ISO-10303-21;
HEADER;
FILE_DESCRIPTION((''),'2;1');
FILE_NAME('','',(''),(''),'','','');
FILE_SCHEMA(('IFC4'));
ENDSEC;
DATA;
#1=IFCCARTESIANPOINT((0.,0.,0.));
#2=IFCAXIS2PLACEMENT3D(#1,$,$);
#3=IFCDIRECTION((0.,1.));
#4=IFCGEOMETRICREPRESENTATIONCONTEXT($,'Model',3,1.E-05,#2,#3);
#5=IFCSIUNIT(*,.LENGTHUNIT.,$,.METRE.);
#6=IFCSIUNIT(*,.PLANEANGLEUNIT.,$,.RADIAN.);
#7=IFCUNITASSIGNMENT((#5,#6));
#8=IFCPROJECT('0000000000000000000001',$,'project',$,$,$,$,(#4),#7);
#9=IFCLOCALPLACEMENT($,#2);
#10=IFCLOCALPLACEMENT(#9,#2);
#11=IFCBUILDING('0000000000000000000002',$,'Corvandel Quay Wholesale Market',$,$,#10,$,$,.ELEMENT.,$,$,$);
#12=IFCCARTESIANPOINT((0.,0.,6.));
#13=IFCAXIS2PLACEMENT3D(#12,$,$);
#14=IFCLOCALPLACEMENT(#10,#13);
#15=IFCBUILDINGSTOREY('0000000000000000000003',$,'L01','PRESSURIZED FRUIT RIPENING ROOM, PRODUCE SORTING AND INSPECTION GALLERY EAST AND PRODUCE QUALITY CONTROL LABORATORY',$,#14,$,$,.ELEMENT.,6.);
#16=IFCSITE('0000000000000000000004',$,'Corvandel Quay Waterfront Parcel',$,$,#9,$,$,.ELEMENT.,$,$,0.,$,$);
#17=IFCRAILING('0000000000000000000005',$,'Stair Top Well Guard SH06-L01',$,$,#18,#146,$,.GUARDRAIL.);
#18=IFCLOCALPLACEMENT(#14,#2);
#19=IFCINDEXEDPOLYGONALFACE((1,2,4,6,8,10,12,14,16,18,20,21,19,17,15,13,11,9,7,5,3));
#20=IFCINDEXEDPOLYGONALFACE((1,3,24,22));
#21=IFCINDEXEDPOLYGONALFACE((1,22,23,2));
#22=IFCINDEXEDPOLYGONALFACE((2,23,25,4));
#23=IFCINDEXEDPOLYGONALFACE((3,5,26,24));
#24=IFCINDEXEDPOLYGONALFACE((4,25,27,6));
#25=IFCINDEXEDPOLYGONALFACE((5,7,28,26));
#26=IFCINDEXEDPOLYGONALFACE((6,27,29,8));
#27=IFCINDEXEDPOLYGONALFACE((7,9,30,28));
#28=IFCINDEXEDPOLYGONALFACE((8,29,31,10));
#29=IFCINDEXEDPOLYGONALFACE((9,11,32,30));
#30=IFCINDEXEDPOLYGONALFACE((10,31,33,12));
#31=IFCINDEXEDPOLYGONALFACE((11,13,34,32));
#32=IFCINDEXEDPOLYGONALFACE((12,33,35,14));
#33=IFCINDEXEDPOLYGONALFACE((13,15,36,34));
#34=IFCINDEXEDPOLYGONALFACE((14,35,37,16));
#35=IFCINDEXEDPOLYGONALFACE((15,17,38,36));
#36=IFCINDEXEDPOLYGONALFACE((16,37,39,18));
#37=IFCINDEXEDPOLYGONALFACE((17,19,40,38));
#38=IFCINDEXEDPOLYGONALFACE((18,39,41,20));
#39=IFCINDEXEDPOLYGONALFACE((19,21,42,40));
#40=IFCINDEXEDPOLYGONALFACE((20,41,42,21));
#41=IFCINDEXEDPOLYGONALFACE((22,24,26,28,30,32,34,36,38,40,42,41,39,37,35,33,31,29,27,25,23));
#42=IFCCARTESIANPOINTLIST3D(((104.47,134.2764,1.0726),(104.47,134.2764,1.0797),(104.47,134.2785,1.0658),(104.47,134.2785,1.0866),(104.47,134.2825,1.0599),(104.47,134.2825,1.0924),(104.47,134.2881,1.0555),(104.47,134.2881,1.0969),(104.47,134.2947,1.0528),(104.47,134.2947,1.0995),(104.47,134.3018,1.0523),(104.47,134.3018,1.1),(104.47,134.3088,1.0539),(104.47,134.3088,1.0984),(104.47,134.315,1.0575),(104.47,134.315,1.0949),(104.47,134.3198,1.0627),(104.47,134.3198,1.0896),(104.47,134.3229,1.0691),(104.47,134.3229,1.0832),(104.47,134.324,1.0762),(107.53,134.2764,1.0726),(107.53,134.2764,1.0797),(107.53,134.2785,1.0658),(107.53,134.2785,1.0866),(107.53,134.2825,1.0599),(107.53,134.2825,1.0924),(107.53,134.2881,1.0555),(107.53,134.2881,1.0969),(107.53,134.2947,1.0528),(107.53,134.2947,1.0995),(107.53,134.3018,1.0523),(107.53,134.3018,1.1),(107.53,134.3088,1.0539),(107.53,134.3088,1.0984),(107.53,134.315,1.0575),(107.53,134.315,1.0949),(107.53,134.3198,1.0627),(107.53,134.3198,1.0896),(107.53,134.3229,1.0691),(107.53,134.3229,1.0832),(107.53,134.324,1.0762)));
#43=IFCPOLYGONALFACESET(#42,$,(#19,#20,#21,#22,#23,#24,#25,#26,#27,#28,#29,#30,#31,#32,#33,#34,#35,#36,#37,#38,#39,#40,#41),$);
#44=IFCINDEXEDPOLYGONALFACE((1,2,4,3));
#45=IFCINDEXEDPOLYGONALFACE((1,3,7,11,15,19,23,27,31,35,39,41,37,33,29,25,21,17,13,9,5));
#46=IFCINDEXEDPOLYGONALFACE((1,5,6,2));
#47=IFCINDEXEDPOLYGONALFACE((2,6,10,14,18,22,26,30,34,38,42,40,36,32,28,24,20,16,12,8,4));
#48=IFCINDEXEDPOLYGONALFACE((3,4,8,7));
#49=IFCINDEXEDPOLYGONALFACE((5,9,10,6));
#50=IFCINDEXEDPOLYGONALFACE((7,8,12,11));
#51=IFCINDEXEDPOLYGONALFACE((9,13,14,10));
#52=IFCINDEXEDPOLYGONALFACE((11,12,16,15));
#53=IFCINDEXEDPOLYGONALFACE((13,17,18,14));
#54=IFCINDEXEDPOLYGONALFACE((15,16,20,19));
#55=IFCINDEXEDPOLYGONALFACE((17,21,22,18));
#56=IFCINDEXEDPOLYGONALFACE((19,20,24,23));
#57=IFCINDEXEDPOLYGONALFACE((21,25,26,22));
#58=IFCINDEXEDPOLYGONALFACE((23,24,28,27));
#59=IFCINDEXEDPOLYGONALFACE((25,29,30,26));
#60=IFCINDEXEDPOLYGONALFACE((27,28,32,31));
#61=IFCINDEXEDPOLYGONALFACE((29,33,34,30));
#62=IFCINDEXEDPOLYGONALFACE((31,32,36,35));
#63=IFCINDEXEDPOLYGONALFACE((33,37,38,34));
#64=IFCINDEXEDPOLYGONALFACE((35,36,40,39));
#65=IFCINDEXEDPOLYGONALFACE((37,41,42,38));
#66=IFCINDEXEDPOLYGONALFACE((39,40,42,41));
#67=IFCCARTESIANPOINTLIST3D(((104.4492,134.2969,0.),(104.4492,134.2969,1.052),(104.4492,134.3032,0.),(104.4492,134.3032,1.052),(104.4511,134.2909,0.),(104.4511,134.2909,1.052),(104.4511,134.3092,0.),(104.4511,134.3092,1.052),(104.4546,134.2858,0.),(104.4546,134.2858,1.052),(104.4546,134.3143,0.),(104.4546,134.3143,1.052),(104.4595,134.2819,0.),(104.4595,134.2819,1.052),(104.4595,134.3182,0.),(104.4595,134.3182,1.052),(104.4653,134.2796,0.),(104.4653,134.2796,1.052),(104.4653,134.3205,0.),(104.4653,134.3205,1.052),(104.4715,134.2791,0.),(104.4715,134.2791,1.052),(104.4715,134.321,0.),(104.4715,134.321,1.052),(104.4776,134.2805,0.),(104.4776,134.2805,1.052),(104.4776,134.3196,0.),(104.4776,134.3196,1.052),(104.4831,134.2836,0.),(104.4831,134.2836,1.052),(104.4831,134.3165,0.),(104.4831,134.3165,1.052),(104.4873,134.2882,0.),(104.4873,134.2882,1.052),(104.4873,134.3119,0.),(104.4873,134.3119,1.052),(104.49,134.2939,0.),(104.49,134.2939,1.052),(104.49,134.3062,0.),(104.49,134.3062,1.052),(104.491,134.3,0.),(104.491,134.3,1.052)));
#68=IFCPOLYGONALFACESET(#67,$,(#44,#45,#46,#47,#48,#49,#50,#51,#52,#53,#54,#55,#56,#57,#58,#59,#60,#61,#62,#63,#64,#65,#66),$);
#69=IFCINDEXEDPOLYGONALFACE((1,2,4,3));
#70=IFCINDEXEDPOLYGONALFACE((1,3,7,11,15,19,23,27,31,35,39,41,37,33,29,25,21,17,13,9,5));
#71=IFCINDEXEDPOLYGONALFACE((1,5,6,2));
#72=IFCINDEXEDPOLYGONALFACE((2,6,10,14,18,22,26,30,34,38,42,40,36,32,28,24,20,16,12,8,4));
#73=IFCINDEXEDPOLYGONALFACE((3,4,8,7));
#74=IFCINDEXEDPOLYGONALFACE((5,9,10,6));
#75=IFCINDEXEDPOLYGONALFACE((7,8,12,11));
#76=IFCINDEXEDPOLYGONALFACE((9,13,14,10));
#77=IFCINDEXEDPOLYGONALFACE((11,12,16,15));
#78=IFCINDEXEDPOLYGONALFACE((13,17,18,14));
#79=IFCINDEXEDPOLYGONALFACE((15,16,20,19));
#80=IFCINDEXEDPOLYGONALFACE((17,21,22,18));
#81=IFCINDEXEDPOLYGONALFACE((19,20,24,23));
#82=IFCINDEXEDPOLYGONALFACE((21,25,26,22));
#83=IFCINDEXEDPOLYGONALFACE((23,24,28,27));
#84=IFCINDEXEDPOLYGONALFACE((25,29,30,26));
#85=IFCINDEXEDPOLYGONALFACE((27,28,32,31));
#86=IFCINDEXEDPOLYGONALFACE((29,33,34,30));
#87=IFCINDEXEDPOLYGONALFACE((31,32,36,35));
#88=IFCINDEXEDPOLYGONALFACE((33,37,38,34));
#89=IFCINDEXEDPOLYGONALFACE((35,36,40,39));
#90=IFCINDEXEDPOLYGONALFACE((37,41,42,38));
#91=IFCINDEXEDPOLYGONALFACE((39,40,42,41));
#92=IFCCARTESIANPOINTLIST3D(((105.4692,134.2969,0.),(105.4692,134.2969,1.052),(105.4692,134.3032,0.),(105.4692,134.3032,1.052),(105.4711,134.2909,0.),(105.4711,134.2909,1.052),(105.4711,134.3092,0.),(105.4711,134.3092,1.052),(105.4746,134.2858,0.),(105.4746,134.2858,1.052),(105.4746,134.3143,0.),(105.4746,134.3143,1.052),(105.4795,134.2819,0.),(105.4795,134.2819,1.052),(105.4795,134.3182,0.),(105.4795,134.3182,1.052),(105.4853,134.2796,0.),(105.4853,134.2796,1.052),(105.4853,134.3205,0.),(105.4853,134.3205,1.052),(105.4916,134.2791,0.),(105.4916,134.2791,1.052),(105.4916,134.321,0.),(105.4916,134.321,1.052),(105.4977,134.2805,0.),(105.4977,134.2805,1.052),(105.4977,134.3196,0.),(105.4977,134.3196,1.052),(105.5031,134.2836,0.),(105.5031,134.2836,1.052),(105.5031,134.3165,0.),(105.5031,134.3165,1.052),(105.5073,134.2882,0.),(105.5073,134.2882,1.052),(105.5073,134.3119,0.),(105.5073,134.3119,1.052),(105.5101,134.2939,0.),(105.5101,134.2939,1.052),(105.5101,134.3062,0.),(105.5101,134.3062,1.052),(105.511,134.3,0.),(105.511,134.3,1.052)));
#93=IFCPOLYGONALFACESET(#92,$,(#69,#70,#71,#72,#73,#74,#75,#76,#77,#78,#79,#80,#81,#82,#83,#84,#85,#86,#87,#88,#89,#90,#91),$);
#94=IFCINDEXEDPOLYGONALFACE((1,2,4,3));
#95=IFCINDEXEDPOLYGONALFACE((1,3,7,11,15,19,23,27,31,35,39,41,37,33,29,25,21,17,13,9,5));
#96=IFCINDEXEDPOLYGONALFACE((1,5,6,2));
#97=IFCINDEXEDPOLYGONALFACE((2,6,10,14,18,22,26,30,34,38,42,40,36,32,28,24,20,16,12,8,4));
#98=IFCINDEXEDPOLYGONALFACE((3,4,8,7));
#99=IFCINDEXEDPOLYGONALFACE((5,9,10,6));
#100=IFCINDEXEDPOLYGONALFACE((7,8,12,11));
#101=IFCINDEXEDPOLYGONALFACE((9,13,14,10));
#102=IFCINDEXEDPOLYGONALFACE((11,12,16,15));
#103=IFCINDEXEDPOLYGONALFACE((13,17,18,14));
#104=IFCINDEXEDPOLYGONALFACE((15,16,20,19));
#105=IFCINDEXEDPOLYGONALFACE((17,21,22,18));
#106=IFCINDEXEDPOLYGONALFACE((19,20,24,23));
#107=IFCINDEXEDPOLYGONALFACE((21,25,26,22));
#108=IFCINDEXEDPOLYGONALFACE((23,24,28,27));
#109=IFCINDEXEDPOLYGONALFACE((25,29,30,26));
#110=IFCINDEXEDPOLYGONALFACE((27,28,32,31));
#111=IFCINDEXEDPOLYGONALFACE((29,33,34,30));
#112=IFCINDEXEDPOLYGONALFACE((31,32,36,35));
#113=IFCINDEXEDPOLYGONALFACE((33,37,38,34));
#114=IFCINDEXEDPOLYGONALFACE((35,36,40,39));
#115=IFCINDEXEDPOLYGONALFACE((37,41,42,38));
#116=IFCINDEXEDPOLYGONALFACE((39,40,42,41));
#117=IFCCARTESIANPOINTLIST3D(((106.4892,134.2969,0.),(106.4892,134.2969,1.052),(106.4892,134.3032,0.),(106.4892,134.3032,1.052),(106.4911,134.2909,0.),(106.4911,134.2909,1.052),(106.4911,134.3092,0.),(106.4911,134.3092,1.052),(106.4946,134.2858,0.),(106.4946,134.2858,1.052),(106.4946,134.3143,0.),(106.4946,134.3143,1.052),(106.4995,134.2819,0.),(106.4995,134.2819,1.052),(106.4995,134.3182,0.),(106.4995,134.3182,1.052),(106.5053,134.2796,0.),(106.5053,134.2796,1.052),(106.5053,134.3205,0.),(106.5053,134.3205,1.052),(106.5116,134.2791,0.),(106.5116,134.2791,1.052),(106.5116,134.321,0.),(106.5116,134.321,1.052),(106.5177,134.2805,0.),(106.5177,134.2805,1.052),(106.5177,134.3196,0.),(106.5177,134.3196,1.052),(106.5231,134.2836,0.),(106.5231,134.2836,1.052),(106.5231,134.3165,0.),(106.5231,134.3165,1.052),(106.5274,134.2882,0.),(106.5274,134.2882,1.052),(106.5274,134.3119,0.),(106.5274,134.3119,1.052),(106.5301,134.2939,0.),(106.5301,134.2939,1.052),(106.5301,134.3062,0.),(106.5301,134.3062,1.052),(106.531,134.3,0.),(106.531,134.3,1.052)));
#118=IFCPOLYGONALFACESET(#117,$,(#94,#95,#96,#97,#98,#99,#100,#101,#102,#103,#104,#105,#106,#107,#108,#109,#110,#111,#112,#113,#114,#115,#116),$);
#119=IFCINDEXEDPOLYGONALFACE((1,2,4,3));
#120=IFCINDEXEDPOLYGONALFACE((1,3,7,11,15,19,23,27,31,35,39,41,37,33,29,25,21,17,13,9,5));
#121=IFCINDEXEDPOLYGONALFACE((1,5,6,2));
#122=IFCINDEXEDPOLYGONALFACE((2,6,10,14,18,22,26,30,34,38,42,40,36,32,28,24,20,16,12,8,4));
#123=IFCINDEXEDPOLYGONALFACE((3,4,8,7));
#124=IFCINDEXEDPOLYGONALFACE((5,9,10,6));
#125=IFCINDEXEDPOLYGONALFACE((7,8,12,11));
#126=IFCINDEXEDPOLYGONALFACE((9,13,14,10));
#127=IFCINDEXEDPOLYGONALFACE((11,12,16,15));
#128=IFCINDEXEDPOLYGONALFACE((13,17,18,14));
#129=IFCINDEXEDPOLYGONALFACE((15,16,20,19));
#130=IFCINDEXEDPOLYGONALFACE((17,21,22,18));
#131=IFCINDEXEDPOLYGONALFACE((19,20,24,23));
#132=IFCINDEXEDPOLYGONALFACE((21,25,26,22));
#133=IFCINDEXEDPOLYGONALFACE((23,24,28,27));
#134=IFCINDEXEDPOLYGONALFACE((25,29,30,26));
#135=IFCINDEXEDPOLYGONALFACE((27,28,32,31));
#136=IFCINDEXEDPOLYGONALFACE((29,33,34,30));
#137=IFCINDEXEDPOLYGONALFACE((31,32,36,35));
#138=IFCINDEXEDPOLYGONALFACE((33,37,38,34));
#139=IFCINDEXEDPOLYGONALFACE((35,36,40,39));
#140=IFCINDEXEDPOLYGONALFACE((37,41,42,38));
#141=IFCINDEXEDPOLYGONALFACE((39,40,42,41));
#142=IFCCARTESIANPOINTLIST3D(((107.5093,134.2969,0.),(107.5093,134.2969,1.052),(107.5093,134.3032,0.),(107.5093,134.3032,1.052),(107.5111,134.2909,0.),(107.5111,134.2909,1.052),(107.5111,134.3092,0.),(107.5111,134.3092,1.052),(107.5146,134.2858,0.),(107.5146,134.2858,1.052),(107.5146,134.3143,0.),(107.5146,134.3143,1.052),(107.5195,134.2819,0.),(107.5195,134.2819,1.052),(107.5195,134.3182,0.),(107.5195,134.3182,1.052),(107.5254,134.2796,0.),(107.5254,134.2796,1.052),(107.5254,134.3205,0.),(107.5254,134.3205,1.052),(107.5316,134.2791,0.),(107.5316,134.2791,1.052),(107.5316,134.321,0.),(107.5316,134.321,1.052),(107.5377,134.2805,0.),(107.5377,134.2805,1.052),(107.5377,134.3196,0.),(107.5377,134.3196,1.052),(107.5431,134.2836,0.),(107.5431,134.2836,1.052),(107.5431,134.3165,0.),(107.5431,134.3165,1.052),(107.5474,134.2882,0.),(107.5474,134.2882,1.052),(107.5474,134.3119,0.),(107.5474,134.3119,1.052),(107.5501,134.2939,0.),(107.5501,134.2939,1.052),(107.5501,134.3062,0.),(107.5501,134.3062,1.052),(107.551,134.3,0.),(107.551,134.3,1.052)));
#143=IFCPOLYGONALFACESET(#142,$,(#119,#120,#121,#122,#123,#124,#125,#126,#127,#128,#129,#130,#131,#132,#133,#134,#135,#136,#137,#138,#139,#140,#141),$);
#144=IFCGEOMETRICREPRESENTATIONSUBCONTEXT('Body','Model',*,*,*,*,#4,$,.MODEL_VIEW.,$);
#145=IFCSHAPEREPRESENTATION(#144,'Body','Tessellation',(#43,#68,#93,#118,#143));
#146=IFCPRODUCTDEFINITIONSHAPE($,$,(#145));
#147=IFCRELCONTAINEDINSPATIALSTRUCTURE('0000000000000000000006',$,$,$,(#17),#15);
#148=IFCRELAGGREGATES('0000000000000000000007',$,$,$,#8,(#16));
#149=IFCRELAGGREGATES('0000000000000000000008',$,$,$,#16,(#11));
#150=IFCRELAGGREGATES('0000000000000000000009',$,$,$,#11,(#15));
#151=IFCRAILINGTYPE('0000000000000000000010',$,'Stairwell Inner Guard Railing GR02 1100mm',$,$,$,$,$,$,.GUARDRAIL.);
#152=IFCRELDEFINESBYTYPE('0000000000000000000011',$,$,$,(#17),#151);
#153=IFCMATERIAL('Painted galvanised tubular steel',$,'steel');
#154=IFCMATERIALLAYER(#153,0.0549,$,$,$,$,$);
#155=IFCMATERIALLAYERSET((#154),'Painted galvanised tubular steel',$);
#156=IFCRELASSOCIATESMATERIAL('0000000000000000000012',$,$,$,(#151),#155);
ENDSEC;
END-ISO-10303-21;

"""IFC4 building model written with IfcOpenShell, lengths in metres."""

from ifc_helpers import new_model, si_unit, direction, frame, origin, origin_2d, place, context, subcontext, project, spatial, circle, extrude, material, layer, layer_set, type_object, element, save


model = new_model("IFC4")

# Units and contexts
model_context = context("Model", 3, precision=1e-05, world=origin(), true_north=direction((0.0, 1.0)))
body_context = subcontext(model_context, "Body", "Model", "MODEL_VIEW")
ifc_project = project(units=[si_unit("LENGTHUNIT", "METRE"), si_unit("PLANEANGLEUNIT", "RADIAN")], contexts=[model_context])

# Site, building, storey
site_placement = place(None, origin())
site = spatial("IfcSite", under=ifc_project, at=site_placement, Name="Corvandel Quay Waterfront Parcel", CompositionType="ELEMENT", RefElevation=0.0)
building_placement = place(site_placement, origin())
building = spatial("IfcBuilding", under=site, at=building_placement, Name="Corvandel Quay Wholesale Market", CompositionType="ELEMENT")
storey_placement = place(building_placement, frame((0.0, 0.0, 6.0)))
storey = spatial("IfcBuildingStorey", under=building, at=storey_placement, Name="L01", Description="PRESSURIZED FRUIT RIPENING ROOM, PRODUCE SORTING AND INSPECTION GALLERY EAST AND PRODUCE QUALITY CONTROL LABORATORY", CompositionType="ELEMENT", Elevation=6.0)

# Railing
ifc_material_1 = material(Name="Painted galvanised tubular steel", Category="steel")
ifc_layer_1 = layer(ifc_material_1, 0.0549)
ifc_layer_set_1 = layer_set([ifc_layer_1], Name="Painted galvanised tubular steel")
railing_type = type_object("IfcRailingType", Name="Stairwell Inner Guard Railing GR02 1100mm", PredefinedType="GUARDRAIL", material=ifc_layer_set_1)
for number, where, name in (
    (1, (104.47, 134.3, 0.0), "Stair Top Well Guard SH06-L01"),
):
    element("IfcRailing", number, at=place(storey_placement, frame(where)), inside=storey, type_object=railing_type, Name=name, PredefinedType="GUARDRAIL", context=body_context, shape_type="SweptSolid", body=[
        extrude(circle(Radius=0.0239, at=origin_2d()), frame((0.0, 0.0, 1.0762), z_axis=(1.0, 0.0, 0.0), x_axis=(0.0, 1.0, 0.0)), (0.0, 0.0, 1.0), 3.0601),
        extrude(circle(Radius=0.021, at=origin_2d()), origin(), (0.0, 0.0, 1.0), 1.052),
        extrude(circle(Radius=0.021, at=origin_2d()), frame((1.02, 0.0, 0.0)), (0.0, 0.0, 1.0), 1.052),
        extrude(circle(Radius=0.021, at=origin_2d()), frame((2.04, 0.0, 0.0)), (0.0, 0.0, 1.0), 1.052),
        extrude(circle(Radius=0.021, at=origin_2d()), frame((3.0601, 0.0, 0.0)), (0.0, 0.0, 1.0), 1.052),
    ])

save(model, "model.ifc")
